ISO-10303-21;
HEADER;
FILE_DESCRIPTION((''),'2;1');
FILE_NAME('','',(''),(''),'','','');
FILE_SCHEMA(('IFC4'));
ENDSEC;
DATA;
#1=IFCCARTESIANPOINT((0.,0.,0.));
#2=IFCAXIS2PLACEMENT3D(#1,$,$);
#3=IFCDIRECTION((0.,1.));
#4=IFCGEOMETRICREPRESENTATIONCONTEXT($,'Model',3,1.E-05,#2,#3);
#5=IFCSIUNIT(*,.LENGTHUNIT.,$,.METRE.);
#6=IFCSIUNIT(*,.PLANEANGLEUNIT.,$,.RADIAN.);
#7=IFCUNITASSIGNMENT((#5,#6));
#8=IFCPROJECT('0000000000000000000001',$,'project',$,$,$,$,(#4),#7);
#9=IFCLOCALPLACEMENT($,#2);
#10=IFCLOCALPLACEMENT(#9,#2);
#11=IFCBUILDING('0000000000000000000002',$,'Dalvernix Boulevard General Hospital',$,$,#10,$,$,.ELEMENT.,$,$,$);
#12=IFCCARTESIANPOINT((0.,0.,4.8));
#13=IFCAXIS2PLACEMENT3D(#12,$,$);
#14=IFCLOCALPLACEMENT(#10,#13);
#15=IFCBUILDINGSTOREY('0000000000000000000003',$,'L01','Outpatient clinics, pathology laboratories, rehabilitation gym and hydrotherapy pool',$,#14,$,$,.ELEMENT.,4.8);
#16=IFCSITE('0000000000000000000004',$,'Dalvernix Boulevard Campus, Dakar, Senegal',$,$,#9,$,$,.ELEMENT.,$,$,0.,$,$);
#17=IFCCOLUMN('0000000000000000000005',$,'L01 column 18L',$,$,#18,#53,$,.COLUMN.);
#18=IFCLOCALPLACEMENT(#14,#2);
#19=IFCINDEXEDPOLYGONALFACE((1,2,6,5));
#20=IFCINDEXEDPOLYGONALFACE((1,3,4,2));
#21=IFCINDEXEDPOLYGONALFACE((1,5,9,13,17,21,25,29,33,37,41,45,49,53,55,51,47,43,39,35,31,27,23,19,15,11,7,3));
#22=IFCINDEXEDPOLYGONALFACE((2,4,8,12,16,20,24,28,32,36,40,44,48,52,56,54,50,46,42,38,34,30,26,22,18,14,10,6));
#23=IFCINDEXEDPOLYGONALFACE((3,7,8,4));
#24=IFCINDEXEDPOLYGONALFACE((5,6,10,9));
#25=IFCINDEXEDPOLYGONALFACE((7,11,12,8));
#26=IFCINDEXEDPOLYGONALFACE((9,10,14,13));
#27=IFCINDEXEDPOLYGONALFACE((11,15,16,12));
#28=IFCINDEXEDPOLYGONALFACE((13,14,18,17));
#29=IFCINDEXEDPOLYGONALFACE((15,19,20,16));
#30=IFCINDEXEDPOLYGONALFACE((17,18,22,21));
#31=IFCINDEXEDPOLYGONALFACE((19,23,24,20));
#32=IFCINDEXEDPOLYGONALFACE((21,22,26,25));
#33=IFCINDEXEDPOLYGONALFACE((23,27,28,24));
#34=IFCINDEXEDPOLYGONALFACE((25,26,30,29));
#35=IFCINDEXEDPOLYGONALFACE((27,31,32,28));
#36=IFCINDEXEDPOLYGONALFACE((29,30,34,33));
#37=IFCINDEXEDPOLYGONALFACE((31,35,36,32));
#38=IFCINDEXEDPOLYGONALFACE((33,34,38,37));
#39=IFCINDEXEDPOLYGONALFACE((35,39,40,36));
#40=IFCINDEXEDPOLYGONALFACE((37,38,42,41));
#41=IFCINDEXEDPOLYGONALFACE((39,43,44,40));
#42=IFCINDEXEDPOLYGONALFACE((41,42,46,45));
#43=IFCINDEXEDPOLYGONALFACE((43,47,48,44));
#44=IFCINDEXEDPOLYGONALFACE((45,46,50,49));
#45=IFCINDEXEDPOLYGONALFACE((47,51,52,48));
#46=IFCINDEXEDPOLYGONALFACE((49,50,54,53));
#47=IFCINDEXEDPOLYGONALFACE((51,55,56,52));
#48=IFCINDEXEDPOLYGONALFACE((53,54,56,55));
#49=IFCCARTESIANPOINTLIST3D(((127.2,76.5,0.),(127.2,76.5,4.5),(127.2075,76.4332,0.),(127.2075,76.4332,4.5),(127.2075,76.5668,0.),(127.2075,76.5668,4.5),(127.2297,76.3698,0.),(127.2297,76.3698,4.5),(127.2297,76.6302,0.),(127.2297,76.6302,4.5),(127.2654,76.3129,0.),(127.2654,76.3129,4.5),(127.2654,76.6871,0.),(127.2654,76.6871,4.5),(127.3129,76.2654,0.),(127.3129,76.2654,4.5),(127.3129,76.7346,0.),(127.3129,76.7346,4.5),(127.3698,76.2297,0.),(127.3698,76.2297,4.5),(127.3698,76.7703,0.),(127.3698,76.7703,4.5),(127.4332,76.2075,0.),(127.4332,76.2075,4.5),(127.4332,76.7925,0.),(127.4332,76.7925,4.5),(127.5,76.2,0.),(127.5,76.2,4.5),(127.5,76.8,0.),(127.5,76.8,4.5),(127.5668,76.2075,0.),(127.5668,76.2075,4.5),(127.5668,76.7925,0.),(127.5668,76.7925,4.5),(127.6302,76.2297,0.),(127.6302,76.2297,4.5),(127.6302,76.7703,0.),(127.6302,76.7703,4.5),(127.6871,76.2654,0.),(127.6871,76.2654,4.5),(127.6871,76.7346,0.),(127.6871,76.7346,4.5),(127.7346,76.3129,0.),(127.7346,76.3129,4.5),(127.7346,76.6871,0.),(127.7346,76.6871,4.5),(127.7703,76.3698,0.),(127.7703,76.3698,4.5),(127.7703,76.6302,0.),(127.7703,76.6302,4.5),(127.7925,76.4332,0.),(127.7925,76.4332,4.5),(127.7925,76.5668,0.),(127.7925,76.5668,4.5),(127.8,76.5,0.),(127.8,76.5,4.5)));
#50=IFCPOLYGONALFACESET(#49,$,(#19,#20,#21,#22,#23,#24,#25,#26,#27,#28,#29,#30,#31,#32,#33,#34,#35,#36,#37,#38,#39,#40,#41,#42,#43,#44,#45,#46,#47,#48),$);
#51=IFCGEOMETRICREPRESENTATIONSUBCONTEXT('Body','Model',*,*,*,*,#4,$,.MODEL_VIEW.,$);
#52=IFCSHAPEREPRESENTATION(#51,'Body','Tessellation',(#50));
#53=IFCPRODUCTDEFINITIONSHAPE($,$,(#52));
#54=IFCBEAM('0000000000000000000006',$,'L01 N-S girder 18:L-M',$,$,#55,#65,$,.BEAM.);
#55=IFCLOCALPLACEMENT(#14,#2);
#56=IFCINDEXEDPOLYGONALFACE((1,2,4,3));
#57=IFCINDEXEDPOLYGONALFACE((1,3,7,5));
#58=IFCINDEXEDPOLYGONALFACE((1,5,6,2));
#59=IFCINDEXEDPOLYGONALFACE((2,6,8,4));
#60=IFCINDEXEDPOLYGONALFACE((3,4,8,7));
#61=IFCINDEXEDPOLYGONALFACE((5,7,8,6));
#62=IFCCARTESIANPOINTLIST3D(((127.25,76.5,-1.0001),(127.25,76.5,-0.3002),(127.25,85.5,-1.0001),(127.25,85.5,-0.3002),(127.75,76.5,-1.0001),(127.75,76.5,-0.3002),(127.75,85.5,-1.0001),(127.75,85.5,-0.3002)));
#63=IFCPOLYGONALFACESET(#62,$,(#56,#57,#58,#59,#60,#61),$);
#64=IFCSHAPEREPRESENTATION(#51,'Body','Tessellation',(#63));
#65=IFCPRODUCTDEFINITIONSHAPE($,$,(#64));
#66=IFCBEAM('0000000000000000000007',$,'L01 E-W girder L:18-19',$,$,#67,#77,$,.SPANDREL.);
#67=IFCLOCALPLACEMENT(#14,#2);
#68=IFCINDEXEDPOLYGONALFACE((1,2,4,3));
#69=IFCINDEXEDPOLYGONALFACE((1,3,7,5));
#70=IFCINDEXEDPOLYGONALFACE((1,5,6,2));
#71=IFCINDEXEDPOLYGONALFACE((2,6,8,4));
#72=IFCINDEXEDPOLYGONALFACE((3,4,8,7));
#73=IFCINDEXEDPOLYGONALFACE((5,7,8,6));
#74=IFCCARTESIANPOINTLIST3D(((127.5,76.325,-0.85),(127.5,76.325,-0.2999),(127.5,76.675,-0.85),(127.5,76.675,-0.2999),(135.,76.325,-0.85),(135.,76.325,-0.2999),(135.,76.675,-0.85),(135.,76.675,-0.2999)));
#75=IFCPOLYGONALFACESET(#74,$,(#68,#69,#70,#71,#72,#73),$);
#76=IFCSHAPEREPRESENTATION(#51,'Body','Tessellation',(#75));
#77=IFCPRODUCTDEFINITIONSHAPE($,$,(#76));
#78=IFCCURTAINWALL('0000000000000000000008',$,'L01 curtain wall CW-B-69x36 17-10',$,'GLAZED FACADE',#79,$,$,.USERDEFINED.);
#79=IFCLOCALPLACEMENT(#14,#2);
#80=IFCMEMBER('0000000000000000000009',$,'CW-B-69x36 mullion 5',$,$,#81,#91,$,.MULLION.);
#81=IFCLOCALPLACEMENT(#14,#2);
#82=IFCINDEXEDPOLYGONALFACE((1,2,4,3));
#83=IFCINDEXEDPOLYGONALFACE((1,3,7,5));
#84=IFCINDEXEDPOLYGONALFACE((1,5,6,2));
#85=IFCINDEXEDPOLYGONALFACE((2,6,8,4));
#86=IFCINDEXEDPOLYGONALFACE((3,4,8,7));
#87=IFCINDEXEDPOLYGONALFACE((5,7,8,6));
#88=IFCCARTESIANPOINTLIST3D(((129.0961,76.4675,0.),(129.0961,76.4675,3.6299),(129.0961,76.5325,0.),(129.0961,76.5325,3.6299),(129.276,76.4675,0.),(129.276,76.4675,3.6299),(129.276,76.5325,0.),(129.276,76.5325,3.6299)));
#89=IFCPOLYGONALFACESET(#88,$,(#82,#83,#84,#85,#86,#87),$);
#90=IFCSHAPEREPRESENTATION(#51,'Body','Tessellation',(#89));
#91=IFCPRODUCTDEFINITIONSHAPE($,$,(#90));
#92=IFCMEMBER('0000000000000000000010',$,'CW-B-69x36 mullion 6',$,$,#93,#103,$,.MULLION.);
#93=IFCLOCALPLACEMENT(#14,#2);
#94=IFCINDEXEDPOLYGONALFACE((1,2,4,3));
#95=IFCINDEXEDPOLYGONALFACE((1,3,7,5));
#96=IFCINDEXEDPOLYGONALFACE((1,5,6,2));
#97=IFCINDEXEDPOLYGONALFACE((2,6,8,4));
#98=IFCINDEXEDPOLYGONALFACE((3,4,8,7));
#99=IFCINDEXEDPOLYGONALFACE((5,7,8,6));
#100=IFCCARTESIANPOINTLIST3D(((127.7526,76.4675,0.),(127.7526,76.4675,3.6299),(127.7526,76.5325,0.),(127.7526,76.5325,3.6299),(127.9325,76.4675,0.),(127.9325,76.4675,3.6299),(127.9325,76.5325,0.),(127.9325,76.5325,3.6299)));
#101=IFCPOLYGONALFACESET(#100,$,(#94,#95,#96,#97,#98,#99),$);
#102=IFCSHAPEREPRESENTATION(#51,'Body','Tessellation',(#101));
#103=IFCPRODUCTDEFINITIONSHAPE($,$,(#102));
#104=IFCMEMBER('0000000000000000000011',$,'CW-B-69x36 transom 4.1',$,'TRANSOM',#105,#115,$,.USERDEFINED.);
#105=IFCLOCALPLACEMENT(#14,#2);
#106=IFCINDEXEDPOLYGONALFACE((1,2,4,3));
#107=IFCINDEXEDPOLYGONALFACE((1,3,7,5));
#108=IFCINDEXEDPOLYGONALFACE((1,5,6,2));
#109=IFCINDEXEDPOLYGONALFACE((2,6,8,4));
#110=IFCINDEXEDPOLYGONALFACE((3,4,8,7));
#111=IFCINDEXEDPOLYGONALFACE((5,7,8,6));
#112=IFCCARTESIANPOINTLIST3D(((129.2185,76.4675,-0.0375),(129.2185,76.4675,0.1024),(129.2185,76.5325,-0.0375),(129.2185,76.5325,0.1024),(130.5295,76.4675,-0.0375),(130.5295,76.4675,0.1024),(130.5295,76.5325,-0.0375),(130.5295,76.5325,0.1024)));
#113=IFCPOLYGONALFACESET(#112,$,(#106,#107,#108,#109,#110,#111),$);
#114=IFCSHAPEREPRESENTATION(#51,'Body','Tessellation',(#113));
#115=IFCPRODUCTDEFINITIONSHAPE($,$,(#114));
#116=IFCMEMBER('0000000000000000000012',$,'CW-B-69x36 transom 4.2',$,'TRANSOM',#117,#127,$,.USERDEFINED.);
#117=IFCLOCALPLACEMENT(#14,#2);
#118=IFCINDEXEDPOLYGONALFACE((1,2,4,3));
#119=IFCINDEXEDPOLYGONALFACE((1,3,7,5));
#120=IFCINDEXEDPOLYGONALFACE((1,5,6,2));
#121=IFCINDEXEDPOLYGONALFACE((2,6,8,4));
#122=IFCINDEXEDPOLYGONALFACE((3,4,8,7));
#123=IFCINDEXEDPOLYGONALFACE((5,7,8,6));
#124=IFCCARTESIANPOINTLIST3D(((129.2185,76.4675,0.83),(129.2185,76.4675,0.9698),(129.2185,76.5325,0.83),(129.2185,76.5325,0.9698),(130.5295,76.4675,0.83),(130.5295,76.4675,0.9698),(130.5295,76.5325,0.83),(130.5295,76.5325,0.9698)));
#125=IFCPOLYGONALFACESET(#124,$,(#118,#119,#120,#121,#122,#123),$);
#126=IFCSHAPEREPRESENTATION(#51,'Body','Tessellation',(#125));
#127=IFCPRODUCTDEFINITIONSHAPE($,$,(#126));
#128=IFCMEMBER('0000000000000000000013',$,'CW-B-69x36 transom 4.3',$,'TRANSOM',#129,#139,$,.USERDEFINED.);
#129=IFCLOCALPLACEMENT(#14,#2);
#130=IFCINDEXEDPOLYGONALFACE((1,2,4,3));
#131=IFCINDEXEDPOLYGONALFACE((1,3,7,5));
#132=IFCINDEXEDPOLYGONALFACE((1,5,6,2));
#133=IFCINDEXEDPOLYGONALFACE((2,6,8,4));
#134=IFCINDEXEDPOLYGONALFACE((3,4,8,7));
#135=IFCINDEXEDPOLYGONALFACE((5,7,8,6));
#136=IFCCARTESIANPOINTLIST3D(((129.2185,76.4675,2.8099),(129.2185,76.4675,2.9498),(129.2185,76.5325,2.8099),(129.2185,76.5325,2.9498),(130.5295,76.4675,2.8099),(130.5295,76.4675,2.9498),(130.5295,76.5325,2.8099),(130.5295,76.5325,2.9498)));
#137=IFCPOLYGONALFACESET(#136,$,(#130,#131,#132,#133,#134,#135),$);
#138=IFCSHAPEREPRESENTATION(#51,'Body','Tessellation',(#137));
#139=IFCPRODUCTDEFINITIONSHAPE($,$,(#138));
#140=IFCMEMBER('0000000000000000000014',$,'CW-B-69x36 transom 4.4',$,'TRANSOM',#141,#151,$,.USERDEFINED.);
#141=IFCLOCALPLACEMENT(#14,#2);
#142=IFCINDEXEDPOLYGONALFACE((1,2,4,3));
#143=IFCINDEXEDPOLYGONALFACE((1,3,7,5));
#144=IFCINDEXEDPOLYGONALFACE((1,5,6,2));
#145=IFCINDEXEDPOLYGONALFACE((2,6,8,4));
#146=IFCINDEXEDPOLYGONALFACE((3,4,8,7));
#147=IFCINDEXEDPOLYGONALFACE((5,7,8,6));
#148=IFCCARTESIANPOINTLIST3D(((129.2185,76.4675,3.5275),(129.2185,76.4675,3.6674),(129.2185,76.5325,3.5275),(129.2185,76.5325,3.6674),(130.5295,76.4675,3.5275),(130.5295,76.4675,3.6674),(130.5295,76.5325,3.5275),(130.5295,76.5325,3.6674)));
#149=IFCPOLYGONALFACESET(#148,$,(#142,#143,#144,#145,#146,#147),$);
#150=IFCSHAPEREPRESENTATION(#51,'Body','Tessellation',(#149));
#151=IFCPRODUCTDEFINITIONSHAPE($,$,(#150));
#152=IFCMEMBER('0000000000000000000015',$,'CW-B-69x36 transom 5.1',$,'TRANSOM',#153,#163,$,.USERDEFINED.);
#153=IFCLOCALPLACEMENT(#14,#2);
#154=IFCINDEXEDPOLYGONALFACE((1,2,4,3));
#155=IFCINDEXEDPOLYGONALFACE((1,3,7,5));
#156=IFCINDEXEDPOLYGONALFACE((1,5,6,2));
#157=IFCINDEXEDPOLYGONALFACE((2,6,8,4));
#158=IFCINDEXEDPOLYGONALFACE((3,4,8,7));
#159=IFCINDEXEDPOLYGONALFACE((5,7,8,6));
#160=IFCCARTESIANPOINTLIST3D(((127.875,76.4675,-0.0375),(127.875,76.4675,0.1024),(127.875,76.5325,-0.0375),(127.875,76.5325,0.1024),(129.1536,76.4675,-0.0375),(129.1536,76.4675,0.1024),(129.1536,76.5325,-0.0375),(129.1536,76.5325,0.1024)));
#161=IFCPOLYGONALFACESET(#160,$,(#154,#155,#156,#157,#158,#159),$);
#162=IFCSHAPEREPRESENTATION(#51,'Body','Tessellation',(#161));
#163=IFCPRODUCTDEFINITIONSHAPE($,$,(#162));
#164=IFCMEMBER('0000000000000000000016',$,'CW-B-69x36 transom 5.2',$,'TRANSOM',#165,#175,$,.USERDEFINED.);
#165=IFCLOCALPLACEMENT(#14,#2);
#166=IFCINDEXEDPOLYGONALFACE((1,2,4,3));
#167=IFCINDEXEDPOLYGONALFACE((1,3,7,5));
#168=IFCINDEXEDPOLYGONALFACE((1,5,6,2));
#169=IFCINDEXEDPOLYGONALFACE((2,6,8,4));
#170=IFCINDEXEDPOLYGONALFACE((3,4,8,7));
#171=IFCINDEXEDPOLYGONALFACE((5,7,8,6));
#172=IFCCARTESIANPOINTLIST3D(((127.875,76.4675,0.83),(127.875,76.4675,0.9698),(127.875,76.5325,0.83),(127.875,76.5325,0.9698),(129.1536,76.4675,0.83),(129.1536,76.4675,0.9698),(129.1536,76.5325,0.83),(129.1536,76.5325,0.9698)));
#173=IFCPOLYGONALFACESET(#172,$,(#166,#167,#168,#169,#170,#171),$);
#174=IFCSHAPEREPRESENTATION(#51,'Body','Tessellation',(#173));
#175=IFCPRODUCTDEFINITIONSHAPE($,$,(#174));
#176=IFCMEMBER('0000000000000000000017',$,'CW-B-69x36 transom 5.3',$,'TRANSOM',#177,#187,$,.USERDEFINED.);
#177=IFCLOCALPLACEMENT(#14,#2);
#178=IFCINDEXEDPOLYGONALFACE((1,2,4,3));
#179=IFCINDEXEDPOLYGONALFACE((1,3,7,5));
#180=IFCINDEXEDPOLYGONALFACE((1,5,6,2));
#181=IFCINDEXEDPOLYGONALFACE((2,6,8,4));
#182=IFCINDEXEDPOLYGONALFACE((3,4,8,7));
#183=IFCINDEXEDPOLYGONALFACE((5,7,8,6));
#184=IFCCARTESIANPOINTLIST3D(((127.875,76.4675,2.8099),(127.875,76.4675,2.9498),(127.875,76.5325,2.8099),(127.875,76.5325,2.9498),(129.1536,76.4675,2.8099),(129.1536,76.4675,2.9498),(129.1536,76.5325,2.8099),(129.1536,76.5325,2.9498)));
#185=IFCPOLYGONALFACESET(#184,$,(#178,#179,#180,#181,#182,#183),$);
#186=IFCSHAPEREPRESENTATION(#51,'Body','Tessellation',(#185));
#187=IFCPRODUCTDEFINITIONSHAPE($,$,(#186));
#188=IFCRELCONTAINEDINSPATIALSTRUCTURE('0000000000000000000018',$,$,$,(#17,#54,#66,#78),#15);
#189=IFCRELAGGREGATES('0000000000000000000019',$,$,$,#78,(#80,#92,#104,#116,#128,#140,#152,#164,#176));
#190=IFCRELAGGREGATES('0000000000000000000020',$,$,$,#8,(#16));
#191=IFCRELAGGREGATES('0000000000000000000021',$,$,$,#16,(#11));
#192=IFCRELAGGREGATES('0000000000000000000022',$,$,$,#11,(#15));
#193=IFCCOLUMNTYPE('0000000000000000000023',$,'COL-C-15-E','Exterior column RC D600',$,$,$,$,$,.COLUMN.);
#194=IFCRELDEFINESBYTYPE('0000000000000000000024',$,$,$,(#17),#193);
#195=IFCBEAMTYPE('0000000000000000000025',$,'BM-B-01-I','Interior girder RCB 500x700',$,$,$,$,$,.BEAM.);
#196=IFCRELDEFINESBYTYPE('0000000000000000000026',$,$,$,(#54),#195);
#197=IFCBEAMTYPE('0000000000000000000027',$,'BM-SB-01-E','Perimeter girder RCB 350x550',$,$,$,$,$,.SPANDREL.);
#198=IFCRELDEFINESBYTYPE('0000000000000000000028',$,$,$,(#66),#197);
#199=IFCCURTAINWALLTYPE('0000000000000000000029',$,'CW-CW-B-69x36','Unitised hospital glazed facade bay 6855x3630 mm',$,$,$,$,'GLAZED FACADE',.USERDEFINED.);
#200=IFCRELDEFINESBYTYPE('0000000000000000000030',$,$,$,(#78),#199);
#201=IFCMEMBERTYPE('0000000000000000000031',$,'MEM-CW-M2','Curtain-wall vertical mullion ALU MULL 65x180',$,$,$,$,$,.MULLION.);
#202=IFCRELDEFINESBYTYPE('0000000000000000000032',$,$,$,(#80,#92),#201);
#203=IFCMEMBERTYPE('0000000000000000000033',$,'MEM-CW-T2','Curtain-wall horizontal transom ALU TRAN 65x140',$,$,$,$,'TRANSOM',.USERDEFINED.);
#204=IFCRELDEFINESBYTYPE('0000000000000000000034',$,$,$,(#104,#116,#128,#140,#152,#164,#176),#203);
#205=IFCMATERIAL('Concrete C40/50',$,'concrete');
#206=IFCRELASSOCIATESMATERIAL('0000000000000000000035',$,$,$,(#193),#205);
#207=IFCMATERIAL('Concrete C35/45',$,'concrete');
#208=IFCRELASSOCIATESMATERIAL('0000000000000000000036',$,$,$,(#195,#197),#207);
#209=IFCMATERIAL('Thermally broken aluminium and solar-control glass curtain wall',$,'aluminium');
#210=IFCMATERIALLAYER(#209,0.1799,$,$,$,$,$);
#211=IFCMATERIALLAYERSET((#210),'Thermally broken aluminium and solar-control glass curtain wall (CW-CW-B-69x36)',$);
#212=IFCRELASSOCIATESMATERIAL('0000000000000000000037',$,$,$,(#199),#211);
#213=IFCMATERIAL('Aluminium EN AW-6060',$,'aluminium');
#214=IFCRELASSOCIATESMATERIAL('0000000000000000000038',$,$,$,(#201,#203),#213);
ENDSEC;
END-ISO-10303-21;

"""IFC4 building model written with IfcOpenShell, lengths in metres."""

from ifc_helpers import new_model, si_unit, direction, frame, origin, origin_2d, place, context, subcontext, project, spatial, rectangle, circle, extrude, material, layer, layer_set, material_profile, profile_set, type_object, element, aggregate, save


model = new_model("IFC4")

# Units and contexts
model_context = context("Model", 3, precision=1e-05, world=origin(), true_north=direction((0.0, 1.0)))
body_context = subcontext(model_context, "Body", "Model", "MODEL_VIEW")
ifc_project = project(units=[si_unit("LENGTHUNIT", "METRE"), si_unit("PLANEANGLEUNIT", "RADIAN")], contexts=[model_context])

# Site, building, storey
site_placement = place(None, origin())
site = spatial("IfcSite", under=ifc_project, at=site_placement, Name="Dalvernix Boulevard Campus, Dakar, Senegal", CompositionType="ELEMENT", RefElevation=0.0)
building_placement = place(site_placement, origin())
building = spatial("IfcBuilding", under=site, at=building_placement, Name="Dalvernix Boulevard General Hospital", CompositionType="ELEMENT")
storey_placement = place(building_placement, frame((0.0, 0.0, 4.8)))
storey = spatial("IfcBuildingStorey", under=building, at=storey_placement, Name="L01", Description="Outpatient clinics, pathology laboratories, rehabilitation gym and hydrotherapy pool", CompositionType="ELEMENT", Elevation=4.8)

# Column
ifc_material_1 = material(Name="Concrete C40/50", Category="concrete")
ifc_material_profile_1 = material_profile(ifc_material_1, circle(Radius=0.3, at=origin_2d()), Name="RC D600")
ifc_profile_set_1 = profile_set([ifc_material_profile_1], Name="Concrete C40/50")
column_type = type_object("IfcColumnType", Name="COL-C-15-E", Description="Exterior column RC D600", PredefinedType="COLUMN", material=ifc_profile_set_1)
column_placement = place(storey_placement, frame((127.5, 76.5, 0.0), z_axis=(0.0, 0.0, 1.0), x_axis=(1.0, 0.0, 0.0)))
element("IfcColumn", 1, at=column_placement, inside=storey, type_object=column_type, Name="L01 column 18L", PredefinedType="COLUMN", context=body_context, shape_type="SweptSolid", body=[
    extrude(circle(Radius=0.3, at=origin_2d()), origin(), (0.0, 0.0, 1.0), 4.5),
])

# Beams
ifc_material_2 = material(Name="Concrete C35/45", Category="concrete")
ifc_material_profile_2 = material_profile(ifc_material_2, rectangle(XDim=0.5, YDim=0.7, at=origin_2d()), Name="RCB 500x700")
ifc_profile_set_2 = profile_set([ifc_material_profile_2], Name="Concrete C35/45")
beam_type_1 = type_object("IfcBeamType", Name="BM-B-01-I", Description="Interior girder RCB 500x700", PredefinedType="BEAM", material=ifc_profile_set_2)
beam_1_placement = place(storey_placement, frame((127.5, 76.5, -0.6501), z_axis=(0.0, 1.0, 0.0), x_axis=(-1.0, 0.0, 0.0)))
element("IfcBeam", 2, at=beam_1_placement, inside=storey, type_object=beam_type_1, Name="L01 N-S girder 18:L-M", PredefinedType="BEAM", context=body_context, shape_type="SweptSolid", body=[
    extrude(rectangle(XDim=0.5, YDim=0.7, at=origin_2d()), origin(), (0.0, 0.0, 1.0), 9.0),
])
ifc_material_profile_3 = material_profile(ifc_material_2, rectangle(XDim=0.3501, YDim=0.55, at=origin_2d()), Name="RCB 350x550")
ifc_profile_set_3 = profile_set([ifc_material_profile_3], Name="Concrete C35/45")
beam_type_2 = type_object("IfcBeamType", Name="BM-SB-01-E", Description="Perimeter girder RCB 350x550", PredefinedType="SPANDREL", material=ifc_profile_set_3)
beam_2_placement = place(storey_placement, frame((127.5, 76.5, -0.575), z_axis=(1.0, 0.0, 0.0), x_axis=(0.0, 1.0, 0.0)))
element("IfcBeam", 3, at=beam_2_placement, inside=storey, type_object=beam_type_2, Name="L01 E-W girder L:18-19", PredefinedType="SPANDREL", context=body_context, shape_type="SweptSolid", body=[
    extrude(rectangle(XDim=0.3501, YDim=0.55, at=origin_2d()), origin(), (0.0, 0.0, 1.0), 7.5),
])

# Curtain wall, members
ifc_material_3 = material(Name="Thermally broken aluminium and solar-control glass curtain wall", Category="aluminium")
ifc_layer_1 = layer(ifc_material_3, 0.1799)
ifc_layer_set_1 = layer_set([ifc_layer_1], Name="Thermally broken aluminium and solar-control glass curtain wall (CW-CW-B-69x36)")
curtain_wall_type = type_object("IfcCurtainWallType", Name="CW-CW-B-69x36", Description="Unitised hospital glazed facade bay 6855x3630 mm", ElementType="GLAZED FACADE", PredefinedType="USERDEFINED", material=ifc_layer_set_1)
curtain_wall_placement = place(storey_placement, origin())
curtain_wall = element("IfcCurtainWall", 4, at=curtain_wall_placement, inside=storey, type_object=curtain_wall_type, Name="L01 curtain wall CW-B-69x36 17-10", ObjectType="GLAZED FACADE", PredefinedType="USERDEFINED")
ifc_material_4 = material(Name="Aluminium EN AW-6060", Category="aluminium")
ifc_material_profile_4 = material_profile(ifc_material_4, rectangle(XDim=0.0649, YDim=0.1799, at=origin_2d()), Name="ALU MULL 65x180")
ifc_profile_set_4 = profile_set([ifc_material_profile_4], Name="Aluminium EN AW-6060")
member_type_1 = type_object("IfcMemberType", Name="MEM-CW-M2", Description="Curtain-wall vertical mullion ALU MULL 65x180", PredefinedType="MULLION", material=ifc_profile_set_4)
member_1_placement = place(storey_placement, frame((129.186, 76.5, 0.0), z_axis=(0.0, 0.0, 1.0), x_axis=(0.0, -1.0, 0.0)))
member_1 = element("IfcMember", 5, at=member_1_placement, type_object=member_type_1, Name="CW-B-69x36 mullion 5", PredefinedType="MULLION", context=body_context, shape_type="SweptSolid", body=[
    extrude(rectangle(XDim=0.0649, YDim=0.1799, at=origin_2d()), origin(), (0.0, 0.0, 1.0), 3.6299),
])
member_2_placement = place(storey_placement, frame((127.8425, 76.5, 0.0), z_axis=(0.0, 0.0, 1.0), x_axis=(0.0, -1.0, 0.0)))
member_2 = element("IfcMember", 6, at=member_2_placement, type_object=member_type_1, Name="CW-B-69x36 mullion 6", PredefinedType="MULLION", context=body_context, shape_type="SweptSolid", body=[
    extrude(rectangle(XDim=0.0649, YDim=0.1799, at=origin_2d()), origin(), (0.0, 0.0, 1.0), 3.6299),
])
ifc_material_profile_5 = material_profile(ifc_material_4, rectangle(XDim=0.0649, YDim=0.1399, at=origin_2d()), Name="ALU TRAN 65x140")
ifc_profile_set_5 = profile_set([ifc_material_profile_5], Name="Aluminium EN AW-6060")
member_type_2 = type_object("IfcMemberType", Name="MEM-CW-T2", Description="Curtain-wall horizontal transom ALU TRAN 65x140", ElementType="TRANSOM", PredefinedType="USERDEFINED", material=ifc_profile_set_5)
member_3_placement = place(storey_placement, frame((130.5295, 76.5, 0.0325), z_axis=(-1.0, 0.0, 0.0), x_axis=(0.0, -1.0, 0.0)))
member_3 = element("IfcMember", 7, at=member_3_placement, type_object=member_type_2, Name="CW-B-69x36 transom 4.1", ObjectType="TRANSOM", PredefinedType="USERDEFINED", context=body_context, shape_type="SweptSolid", body=[
    extrude(rectangle(XDim=0.0649, YDim=0.1399, at=origin_2d()), origin(), (0.0, 0.0, 1.0), 1.311),
])
member_4_placement = place(storey_placement, frame((130.5295, 76.5, 0.8999), z_axis=(-1.0, 0.0, 0.0), x_axis=(0.0, -1.0, 0.0)))
member_4 = element("IfcMember", 8, at=member_4_placement, type_object=member_type_2, Name="CW-B-69x36 transom 4.2", ObjectType="TRANSOM", PredefinedType="USERDEFINED", context=body_context, shape_type="SweptSolid", body=[
    extrude(rectangle(XDim=0.0649, YDim=0.1399, at=origin_2d()), origin(), (0.0, 0.0, 1.0), 1.311),
])
member_5_placement = place(storey_placement, frame((130.5295, 76.5, 2.8799), z_axis=(-1.0, 0.0, 0.0), x_axis=(0.0, -1.0, 0.0)))
member_5 = element("IfcMember", 9, at=member_5_placement, type_object=member_type_2, Name="CW-B-69x36 transom 4.3", ObjectType="TRANSOM", PredefinedType="USERDEFINED", context=body_context, shape_type="SweptSolid", body=[
    extrude(rectangle(XDim=0.0649, YDim=0.1399, at=origin_2d()), origin(), (0.0, 0.0, 1.0), 1.311),
])
member_6_placement = place(storey_placement, frame((130.5295, 76.5, 3.5974), z_axis=(-1.0, 0.0, 0.0), x_axis=(0.0, -1.0, 0.0)))
member_6 = element("IfcMember", 10, at=member_6_placement, type_object=member_type_2, Name="CW-B-69x36 transom 4.4", ObjectType="TRANSOM", PredefinedType="USERDEFINED", context=body_context, shape_type="SweptSolid", body=[
    extrude(rectangle(XDim=0.0649, YDim=0.1399, at=origin_2d()), origin(), (0.0, 0.0, 1.0), 1.311),
])
member_7_placement = place(storey_placement, frame((129.1536, 76.5, 0.0325), z_axis=(-1.0, 0.0, 0.0), x_axis=(0.0, -1.0, 0.0)))
member_7 = element("IfcMember", 11, at=member_7_placement, type_object=member_type_2, Name="CW-B-69x36 transom 5.1", ObjectType="TRANSOM", PredefinedType="USERDEFINED", context=body_context, shape_type="SweptSolid", body=[
    extrude(rectangle(XDim=0.0649, YDim=0.1399, at=origin_2d()), origin(), (0.0, 0.0, 1.0), 1.2786),
])
member_8_placement = place(storey_placement, frame((129.1536, 76.5, 0.8999), z_axis=(-1.0, 0.0, 0.0), x_axis=(0.0, -1.0, 0.0)))
member_8 = element("IfcMember", 12, at=member_8_placement, type_object=member_type_2, Name="CW-B-69x36 transom 5.2", ObjectType="TRANSOM", PredefinedType="USERDEFINED", context=body_context, shape_type="SweptSolid", body=[
    extrude(rectangle(XDim=0.0649, YDim=0.1399, at=origin_2d()), origin(), (0.0, 0.0, 1.0), 1.2786),
])
member_9_placement = place(storey_placement, frame((129.1536, 76.5, 2.8799), z_axis=(-1.0, 0.0, 0.0), x_axis=(0.0, -1.0, 0.0)))
member_9 = element("IfcMember", 13, at=member_9_placement, type_object=member_type_2, Name="CW-B-69x36 transom 5.3", ObjectType="TRANSOM", PredefinedType="USERDEFINED", context=body_context, shape_type="SweptSolid", body=[
    extrude(rectangle(XDim=0.0649, YDim=0.1399, at=origin_2d()), origin(), (0.0, 0.0, 1.0), 1.2786),
])
aggregate(curtain_wall, [member_1, member_2, member_3, member_4, member_5, member_6, member_7, member_8, member_9])

save(model, "model.ifc")
